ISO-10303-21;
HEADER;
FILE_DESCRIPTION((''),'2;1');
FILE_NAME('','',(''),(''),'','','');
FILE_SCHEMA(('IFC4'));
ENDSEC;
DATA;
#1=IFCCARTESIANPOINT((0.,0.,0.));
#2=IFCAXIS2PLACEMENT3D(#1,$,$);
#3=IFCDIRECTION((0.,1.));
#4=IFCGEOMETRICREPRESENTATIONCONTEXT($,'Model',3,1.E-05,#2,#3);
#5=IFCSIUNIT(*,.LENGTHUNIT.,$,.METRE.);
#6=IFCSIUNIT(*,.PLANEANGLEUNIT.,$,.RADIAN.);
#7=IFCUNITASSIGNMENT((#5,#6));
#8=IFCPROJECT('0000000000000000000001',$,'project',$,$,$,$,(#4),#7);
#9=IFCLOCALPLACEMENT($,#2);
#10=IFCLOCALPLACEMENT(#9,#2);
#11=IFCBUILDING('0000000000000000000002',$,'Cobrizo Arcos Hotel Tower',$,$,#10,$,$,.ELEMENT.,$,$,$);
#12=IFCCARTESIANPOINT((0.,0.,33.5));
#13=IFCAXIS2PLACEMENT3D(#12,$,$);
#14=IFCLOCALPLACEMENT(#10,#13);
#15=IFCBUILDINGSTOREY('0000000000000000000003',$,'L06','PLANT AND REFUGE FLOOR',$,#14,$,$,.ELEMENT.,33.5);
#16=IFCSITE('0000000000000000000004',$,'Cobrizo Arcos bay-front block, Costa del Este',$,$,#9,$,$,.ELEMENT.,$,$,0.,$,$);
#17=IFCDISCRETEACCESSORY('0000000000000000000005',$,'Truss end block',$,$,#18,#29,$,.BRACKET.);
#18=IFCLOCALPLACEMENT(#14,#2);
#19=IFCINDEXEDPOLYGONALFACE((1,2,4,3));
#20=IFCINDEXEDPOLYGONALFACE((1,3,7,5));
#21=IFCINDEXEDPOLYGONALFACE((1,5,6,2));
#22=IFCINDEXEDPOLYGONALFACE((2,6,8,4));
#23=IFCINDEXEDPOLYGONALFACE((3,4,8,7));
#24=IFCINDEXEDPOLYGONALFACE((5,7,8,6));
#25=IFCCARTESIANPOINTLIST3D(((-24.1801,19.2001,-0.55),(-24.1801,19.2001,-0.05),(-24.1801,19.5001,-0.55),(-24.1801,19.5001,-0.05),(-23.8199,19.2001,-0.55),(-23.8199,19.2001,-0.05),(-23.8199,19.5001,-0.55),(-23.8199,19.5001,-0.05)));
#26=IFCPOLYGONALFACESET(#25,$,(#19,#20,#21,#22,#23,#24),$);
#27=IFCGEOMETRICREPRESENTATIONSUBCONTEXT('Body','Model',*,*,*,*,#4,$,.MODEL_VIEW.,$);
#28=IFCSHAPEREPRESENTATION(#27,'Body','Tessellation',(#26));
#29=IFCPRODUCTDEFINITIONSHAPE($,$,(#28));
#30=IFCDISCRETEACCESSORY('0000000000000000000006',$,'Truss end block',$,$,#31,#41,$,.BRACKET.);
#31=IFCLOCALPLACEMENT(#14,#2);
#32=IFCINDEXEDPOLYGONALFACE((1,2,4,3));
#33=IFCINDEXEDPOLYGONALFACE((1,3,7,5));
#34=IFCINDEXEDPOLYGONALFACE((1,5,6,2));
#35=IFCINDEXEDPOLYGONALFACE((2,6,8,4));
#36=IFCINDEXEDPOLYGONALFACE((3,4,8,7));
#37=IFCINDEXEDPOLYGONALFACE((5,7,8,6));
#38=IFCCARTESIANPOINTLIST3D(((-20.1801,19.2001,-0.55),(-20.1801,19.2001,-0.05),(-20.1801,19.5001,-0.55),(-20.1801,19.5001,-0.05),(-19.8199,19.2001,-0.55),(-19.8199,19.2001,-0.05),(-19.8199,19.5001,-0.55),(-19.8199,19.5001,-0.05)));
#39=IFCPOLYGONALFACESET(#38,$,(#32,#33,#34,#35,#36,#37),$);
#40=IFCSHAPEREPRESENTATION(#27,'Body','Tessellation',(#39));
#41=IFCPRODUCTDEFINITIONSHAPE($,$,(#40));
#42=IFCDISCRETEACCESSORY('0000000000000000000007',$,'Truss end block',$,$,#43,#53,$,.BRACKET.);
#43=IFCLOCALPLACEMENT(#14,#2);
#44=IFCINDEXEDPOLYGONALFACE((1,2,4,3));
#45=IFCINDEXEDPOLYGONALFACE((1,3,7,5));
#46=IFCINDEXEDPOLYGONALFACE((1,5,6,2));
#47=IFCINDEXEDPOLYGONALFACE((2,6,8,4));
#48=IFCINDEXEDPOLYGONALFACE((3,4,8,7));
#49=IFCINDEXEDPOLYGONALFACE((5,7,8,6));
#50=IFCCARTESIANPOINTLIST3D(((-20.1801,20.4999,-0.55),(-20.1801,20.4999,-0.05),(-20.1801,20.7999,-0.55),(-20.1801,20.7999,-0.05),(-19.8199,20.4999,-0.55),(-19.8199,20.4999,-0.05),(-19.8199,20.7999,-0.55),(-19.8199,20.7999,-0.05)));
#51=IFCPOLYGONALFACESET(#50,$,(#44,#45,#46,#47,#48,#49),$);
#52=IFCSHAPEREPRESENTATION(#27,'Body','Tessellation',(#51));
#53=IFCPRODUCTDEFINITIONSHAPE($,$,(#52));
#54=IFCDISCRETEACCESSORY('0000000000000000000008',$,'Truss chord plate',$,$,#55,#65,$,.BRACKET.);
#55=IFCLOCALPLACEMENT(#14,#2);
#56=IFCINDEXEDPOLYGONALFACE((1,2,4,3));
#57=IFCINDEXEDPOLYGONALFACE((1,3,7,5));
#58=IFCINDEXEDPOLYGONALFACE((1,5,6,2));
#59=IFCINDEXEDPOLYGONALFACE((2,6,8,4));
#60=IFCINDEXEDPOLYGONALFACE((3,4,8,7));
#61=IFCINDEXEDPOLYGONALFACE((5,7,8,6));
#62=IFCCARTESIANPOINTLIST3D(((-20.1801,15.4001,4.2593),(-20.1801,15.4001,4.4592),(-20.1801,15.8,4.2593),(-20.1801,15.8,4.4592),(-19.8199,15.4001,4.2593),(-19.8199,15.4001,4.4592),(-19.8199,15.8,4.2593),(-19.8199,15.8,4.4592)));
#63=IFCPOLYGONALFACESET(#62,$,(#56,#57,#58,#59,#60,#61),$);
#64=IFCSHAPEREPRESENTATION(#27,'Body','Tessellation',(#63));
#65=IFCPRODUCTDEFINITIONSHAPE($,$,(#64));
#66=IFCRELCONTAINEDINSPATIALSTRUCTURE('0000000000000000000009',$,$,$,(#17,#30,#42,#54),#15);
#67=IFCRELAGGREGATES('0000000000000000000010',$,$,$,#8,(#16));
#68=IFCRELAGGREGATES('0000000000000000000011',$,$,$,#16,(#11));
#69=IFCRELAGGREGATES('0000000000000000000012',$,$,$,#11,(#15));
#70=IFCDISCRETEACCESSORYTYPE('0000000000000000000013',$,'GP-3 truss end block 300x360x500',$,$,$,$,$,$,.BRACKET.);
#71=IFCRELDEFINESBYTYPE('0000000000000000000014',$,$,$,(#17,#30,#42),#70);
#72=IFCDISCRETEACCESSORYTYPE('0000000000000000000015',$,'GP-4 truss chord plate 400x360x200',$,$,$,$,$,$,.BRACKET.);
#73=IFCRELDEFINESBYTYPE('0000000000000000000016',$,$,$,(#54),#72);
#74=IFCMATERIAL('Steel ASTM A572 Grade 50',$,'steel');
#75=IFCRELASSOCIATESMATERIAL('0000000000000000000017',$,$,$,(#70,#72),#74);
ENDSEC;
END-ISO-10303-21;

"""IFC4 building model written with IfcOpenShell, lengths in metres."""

from ifc_helpers import new_model, si_unit, direction, frame, origin, origin_2d, place, context, subcontext, project, spatial, rectangle, extrude, material, type_object, element, save


model = new_model("IFC4")

# Units and contexts
model_context = context("Model", 3, precision=1e-05, world=origin(), true_north=direction((0.0, 1.0)))
body_context = subcontext(model_context, "Body", "Model", "MODEL_VIEW")
ifc_project = project(units=[si_unit("LENGTHUNIT", "METRE"), si_unit("PLANEANGLEUNIT", "RADIAN")], contexts=[model_context])

# Site, building, storey
site_placement = place(None, origin())
site = spatial("IfcSite", under=ifc_project, at=site_placement, Name="Cobrizo Arcos bay-front block, Costa del Este", CompositionType="ELEMENT", RefElevation=0.0)
building_placement = place(site_placement, origin())
building = spatial("IfcBuilding", under=site, at=building_placement, Name="Cobrizo Arcos Hotel Tower", CompositionType="ELEMENT")
storey_placement = place(building_placement, frame((0.0, 0.0, 33.5)))
storey = spatial("IfcBuildingStorey", under=building, at=storey_placement, Name="L06", Description="PLANT AND REFUGE FLOOR", CompositionType="ELEMENT", Elevation=33.5)

# Shared definitions
ifc_material_1 = material(Name="Steel ASTM A572 Grade 50", Category="steel")

# Discrete accessories
discrete_accessory_type_1 = type_object("IfcDiscreteAccessoryType", Name="GP-3 truss end block 300x360x500", PredefinedType="BRACKET", material=ifc_material_1)
for number, where, z_axis, x_axis, name in (
    (1, (-24.0, 19.3501, -0.55), (0.0, 0.0, 1.0), (0.0, -1.0, 0.0), "Truss end block"),
    (2, (-20.0, 19.3501, -0.55), (0.0, 0.0, 1.0), (0.0, -1.0, 0.0), "Truss end block"),
    (3, (-20.0, 20.6499, -0.55), (0.0, 0.0, 1.0), (0.0, 1.0, 0.0), "Truss end block"),
):
    element("IfcDiscreteAccessory", number, at=place(storey_placement, frame(where, z_axis=z_axis, x_axis=x_axis)), inside=storey, type_object=discrete_accessory_type_1, Name=name, PredefinedType="BRACKET", context=body_context, shape_type="SweptSolid", body=[
        extrude(rectangle(XDim=0.3, YDim=0.3601, at=origin_2d()), origin(), (0.0, 0.0, 1.0), 0.5),
    ])
discrete_accessory_type_2 = type_object("IfcDiscreteAccessoryType", Name="GP-4 truss chord plate 400x360x200", PredefinedType="BRACKET", material=ifc_material_1)
discrete_accessory_placement = place(storey_placement, frame((-20.0, 15.6001, 4.2593), z_axis=(0.0, 0.0, 1.0), x_axis=(0.0, 1.0, 0.0)))
element("IfcDiscreteAccessory", 4, at=discrete_accessory_placement, inside=storey, type_object=discrete_accessory_type_2, Name="Truss chord plate", PredefinedType="BRACKET", context=body_context, shape_type="SweptSolid", body=[
    extrude(rectangle(XDim=0.3999, YDim=0.3601, at=origin_2d()), origin(), (0.0, 0.0, 1.0), 0.2),
])

save(model, "model.ifc")
